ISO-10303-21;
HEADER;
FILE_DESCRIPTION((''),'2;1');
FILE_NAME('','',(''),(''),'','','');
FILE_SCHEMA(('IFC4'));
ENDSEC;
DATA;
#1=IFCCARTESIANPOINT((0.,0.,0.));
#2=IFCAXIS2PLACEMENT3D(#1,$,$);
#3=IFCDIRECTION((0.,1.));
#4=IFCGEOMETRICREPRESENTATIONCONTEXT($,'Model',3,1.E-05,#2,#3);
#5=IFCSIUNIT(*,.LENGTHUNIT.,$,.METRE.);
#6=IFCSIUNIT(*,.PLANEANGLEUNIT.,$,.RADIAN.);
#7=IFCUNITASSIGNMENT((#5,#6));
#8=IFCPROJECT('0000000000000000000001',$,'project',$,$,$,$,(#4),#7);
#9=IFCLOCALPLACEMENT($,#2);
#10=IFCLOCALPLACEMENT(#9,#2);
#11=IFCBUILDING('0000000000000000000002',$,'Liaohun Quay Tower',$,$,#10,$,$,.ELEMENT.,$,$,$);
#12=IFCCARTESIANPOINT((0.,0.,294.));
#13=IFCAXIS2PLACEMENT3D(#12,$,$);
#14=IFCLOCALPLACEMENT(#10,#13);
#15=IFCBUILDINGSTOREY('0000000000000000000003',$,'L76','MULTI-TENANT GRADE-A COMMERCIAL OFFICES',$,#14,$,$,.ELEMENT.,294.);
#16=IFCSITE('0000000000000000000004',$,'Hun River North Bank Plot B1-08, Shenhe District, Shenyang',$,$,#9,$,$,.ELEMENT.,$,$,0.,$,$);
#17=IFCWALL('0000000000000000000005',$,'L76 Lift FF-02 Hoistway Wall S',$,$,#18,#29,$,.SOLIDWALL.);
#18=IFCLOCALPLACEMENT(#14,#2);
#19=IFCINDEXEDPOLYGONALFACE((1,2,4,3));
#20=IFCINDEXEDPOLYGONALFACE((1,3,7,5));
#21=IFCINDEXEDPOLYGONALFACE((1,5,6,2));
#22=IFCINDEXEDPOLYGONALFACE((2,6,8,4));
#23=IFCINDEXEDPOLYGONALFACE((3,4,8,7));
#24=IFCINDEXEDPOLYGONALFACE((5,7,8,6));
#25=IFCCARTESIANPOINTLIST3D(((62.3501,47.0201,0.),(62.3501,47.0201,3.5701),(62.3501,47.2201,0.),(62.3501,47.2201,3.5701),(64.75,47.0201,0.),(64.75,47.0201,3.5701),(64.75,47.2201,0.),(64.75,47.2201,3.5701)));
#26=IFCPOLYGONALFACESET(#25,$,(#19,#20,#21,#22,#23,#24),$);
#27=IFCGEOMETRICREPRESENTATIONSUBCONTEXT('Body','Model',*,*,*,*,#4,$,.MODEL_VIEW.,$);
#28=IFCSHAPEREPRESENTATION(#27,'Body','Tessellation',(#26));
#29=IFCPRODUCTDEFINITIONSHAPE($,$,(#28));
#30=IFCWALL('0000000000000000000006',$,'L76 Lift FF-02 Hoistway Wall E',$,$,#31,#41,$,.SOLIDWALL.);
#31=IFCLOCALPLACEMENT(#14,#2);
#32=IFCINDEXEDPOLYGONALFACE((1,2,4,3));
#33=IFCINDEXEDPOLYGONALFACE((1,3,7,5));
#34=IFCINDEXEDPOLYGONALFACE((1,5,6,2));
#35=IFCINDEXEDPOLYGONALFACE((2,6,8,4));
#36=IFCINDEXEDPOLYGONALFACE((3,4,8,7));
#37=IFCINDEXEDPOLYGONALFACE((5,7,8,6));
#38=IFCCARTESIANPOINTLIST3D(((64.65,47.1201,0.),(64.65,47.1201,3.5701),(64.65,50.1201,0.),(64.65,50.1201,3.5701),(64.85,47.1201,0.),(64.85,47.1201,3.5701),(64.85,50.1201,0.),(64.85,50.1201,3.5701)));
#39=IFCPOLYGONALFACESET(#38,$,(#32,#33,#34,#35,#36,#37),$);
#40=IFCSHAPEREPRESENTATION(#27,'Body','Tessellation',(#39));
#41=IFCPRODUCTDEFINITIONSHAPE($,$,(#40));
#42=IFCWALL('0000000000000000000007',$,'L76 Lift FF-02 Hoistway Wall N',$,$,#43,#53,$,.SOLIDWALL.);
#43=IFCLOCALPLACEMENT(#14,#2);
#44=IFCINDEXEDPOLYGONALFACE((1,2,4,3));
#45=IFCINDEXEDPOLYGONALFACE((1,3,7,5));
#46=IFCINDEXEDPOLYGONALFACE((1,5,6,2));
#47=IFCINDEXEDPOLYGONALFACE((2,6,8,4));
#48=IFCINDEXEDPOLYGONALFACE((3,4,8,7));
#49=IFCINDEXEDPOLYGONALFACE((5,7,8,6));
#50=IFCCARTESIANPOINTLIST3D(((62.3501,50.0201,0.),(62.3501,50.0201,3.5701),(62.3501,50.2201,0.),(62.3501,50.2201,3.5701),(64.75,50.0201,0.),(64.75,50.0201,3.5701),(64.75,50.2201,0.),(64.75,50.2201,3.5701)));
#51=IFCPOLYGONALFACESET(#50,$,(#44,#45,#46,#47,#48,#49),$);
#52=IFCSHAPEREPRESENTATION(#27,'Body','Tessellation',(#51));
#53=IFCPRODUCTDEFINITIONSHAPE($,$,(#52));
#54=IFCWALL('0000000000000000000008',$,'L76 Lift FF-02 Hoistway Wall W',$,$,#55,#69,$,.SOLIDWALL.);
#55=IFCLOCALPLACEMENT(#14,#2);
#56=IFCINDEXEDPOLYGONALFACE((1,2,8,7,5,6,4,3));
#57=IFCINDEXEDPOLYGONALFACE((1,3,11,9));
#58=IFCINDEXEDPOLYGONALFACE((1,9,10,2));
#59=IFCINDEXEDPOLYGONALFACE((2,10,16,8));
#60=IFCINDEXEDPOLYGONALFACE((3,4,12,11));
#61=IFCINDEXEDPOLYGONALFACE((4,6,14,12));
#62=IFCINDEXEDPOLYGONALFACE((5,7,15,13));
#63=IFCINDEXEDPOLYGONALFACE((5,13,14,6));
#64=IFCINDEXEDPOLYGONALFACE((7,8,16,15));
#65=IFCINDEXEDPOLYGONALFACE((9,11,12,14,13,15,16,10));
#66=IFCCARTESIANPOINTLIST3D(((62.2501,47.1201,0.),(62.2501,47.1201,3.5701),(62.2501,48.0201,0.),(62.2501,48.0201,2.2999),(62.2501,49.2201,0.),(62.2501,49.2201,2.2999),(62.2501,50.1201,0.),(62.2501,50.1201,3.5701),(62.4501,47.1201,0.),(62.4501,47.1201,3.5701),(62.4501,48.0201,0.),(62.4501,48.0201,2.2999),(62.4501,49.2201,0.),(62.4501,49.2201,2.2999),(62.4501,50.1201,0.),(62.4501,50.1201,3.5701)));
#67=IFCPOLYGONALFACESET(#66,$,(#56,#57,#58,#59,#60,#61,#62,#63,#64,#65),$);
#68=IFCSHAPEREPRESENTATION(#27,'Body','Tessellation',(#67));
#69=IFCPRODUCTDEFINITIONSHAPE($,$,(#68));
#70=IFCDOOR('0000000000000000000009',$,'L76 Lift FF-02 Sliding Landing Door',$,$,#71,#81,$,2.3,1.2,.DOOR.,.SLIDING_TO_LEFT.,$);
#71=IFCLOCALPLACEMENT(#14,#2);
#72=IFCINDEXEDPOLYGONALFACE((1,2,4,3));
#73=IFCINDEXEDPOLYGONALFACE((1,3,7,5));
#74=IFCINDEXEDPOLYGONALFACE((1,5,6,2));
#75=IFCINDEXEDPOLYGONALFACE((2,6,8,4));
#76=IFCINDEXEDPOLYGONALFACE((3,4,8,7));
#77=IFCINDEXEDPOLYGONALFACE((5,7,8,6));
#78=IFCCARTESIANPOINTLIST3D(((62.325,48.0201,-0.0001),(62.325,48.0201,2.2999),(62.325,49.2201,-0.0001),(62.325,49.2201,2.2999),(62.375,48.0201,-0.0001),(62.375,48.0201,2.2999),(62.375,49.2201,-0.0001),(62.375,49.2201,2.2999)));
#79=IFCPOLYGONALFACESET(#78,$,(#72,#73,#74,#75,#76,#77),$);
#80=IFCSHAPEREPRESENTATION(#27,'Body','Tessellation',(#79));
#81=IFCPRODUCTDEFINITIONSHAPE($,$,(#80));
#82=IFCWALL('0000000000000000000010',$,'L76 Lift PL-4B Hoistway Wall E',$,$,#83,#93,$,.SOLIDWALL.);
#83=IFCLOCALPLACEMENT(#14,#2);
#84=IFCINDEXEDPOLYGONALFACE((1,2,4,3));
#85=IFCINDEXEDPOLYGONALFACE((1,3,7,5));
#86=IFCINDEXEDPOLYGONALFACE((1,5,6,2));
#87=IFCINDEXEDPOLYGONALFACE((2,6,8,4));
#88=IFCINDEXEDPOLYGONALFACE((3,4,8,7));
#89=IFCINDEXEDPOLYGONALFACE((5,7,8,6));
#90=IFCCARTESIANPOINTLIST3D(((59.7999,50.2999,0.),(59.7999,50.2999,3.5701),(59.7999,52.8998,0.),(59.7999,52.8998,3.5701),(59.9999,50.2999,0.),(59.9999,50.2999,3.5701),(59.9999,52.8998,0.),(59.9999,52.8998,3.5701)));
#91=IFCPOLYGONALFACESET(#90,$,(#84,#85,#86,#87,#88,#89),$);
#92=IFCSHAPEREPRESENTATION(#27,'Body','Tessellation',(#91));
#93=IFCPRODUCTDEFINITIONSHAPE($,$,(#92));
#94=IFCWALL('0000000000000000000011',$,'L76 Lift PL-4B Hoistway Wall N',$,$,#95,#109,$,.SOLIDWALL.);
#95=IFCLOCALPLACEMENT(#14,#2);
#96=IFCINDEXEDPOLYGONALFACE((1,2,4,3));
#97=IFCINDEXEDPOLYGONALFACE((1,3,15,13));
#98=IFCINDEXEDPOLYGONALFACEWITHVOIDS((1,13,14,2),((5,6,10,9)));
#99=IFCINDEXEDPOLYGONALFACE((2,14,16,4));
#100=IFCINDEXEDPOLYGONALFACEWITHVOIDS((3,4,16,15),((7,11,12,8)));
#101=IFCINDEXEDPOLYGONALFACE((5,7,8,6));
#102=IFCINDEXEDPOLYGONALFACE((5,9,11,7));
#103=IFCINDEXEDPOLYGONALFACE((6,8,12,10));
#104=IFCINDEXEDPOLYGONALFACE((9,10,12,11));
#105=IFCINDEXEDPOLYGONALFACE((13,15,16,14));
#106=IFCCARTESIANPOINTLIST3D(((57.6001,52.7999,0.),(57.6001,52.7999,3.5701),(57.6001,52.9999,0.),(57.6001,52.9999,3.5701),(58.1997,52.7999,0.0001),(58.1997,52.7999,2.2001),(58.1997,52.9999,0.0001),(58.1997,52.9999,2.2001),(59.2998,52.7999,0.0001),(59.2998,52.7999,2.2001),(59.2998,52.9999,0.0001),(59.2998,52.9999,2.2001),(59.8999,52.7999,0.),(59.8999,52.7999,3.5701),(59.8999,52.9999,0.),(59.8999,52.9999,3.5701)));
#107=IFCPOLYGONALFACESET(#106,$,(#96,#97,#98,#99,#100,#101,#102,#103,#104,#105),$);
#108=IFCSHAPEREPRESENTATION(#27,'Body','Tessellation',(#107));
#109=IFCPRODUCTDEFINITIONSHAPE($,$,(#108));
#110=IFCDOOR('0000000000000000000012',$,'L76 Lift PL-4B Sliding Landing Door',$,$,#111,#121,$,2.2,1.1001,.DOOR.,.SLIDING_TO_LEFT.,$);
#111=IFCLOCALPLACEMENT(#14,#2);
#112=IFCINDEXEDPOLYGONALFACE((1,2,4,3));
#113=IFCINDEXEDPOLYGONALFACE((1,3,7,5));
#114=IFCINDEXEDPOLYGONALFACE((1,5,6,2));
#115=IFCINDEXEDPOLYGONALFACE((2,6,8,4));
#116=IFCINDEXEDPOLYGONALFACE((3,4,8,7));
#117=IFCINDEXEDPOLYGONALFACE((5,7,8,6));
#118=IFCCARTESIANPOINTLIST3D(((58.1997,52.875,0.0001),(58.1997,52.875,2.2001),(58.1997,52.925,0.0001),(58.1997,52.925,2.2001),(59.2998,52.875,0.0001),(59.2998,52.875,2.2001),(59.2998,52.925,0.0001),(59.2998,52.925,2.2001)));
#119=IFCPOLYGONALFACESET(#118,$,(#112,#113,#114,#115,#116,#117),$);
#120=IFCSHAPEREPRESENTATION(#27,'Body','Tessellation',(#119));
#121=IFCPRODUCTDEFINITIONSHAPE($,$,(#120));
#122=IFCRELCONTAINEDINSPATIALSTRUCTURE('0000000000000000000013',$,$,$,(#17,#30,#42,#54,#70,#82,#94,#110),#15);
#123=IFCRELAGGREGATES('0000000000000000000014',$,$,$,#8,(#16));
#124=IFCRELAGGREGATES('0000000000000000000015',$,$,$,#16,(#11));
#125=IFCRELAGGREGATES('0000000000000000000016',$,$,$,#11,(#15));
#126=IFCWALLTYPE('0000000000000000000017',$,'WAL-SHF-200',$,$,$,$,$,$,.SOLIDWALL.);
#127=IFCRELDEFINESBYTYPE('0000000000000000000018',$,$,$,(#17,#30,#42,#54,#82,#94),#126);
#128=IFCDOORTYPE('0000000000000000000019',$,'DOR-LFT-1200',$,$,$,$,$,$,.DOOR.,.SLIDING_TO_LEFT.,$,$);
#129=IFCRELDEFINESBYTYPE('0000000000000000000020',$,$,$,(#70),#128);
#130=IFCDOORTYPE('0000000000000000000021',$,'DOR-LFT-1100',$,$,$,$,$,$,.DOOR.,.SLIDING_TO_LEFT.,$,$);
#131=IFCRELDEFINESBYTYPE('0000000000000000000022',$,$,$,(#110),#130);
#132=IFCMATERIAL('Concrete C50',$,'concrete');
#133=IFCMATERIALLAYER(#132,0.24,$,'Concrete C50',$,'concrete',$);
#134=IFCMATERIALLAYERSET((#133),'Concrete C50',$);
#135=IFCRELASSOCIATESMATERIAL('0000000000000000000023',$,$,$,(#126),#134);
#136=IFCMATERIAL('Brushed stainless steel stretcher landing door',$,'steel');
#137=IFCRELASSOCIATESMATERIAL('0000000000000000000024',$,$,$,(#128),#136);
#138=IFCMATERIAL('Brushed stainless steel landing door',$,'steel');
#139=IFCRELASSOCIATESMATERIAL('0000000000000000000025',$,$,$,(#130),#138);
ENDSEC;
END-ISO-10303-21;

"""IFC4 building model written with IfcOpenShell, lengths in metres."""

from ifc_helpers import new_model, si_unit, direction, frame, frame_2d, origin, place, context, subcontext, project, spatial, rectangle, extrude, source, transform, mapped, material, layer, layer_set, type_object, element, fill, save


model = new_model("IFC4")

# Units and contexts
model_context = context("Model", 3, precision=1e-05, world=origin(), true_north=direction((0.0, 1.0)))
body_context = subcontext(model_context, "Body", "Model", "MODEL_VIEW")
ifc_project = project(units=[si_unit("LENGTHUNIT", "METRE"), si_unit("PLANEANGLEUNIT", "RADIAN")], contexts=[model_context])

# Site, building, storey
site_placement = place(None, origin())
site = spatial("IfcSite", under=ifc_project, at=site_placement, Name="Hun River North Bank Plot B1-08, Shenhe District, Shenyang", CompositionType="ELEMENT", RefElevation=0.0)
building_placement = place(site_placement, origin())
building = spatial("IfcBuilding", under=site, at=building_placement, Name="Liaohun Quay Tower", CompositionType="ELEMENT")
storey_placement = place(building_placement, frame((0.0, 0.0, 294.0)))
storey = spatial("IfcBuildingStorey", under=building, at=storey_placement, Name="L76", Description="MULTI-TENANT GRADE-A COMMERCIAL OFFICES", CompositionType="ELEMENT", Elevation=294.0)

# Walls
ifc_material_1 = material(Name="Concrete C50", Category="concrete")
ifc_layer_1 = layer(ifc_material_1, 0.24, Name="Concrete C50", Category="concrete")
ifc_layer_set_1 = layer_set([ifc_layer_1], Name="Concrete C50")
wall_type_1 = type_object("IfcWallType", Name="WAL-SHF-200", PredefinedType="SOLIDWALL", material=ifc_layer_set_1)
wall_1_placement = place(storey_placement, frame((62.3501, 47.1201, 0.0), z_axis=(0.0, 0.0, 1.0), x_axis=(1.0, 0.0, 0.0)))
element("IfcWall", 1, at=wall_1_placement, inside=storey, type_object=wall_type_1, Name="L76 Lift FF-02 Hoistway Wall S", PredefinedType="SOLIDWALL", context=body_context, shape_type="SweptSolid", body=[
    extrude(rectangle(XDim=2.3999, YDim=0.2, at=frame_2d((1.2, 0.0))), origin(), (0.0, 0.0, 1.0), 3.5701),
])
wall_2_placement = place(storey_placement, frame((64.75, 47.1201, 0.0), z_axis=(0.0, 0.0, 1.0), x_axis=(0.0, 1.0, 0.0)))
element("IfcWall", 2, at=wall_2_placement, inside=storey, type_object=wall_type_1, Name="L76 Lift FF-02 Hoistway Wall E", PredefinedType="SOLIDWALL", context=body_context, shape_type="SweptSolid", body=[
    extrude(rectangle(XDim=3.0, YDim=0.2, at=frame_2d((1.5, 0.0))), origin(), (0.0, 0.0, 1.0), 3.5701),
])
wall_3_placement = place(storey_placement, frame((64.75, 50.1201, 0.0), z_axis=(0.0, 0.0, 1.0), x_axis=(-1.0, 0.0, 0.0)))
element("IfcWall", 3, at=wall_3_placement, inside=storey, type_object=wall_type_1, Name="L76 Lift FF-02 Hoistway Wall N", PredefinedType="SOLIDWALL", context=body_context, shape_type="SweptSolid", body=[
    extrude(rectangle(XDim=2.3999, YDim=0.2, at=frame_2d((1.2, 0.0))), origin(), (0.0, 0.0, 1.0), 3.5701),
])

# Wall, opening, door
wall_4_placement = place(storey_placement, frame((62.3501, 50.1201, 0.0), z_axis=(0.0, 0.0, 1.0), x_axis=(0.0, -1.0, 0.0)))
wall_4 = element("IfcWall", 4, at=wall_4_placement, inside=storey, type_object=wall_type_1, Name="L76 Lift FF-02 Hoistway Wall W", PredefinedType="SOLIDWALL", context=body_context, shape_type="SweptSolid", body=[
    extrude(rectangle(XDim=3.0, YDim=0.2, at=frame_2d((1.5, 0.0))), origin(), (0.0, 0.0, 1.0), 3.5701),
])
shared_shape_1 = source(origin(), body_context, "Body", "SweptSolid", [
    extrude(rectangle(XDim=1.2, YDim=2.3, at=frame_2d((0.6001, 1.1499))), frame((0.0, 0.1099, 0.0), z_axis=(0.0, -1.0, 0.0), x_axis=(1.0, 0.0, 0.0)), (0.0, 0.0, 1.0), 0.22),
])
opening_1_placement = place(wall_4_placement, frame((0.8999, 0.0, 0.0)))
opening_1 = element("IfcOpeningElement", 5, at=opening_1_placement, cuts=wall_4, PredefinedType="OPENING", context=body_context, shape_type="MappedRepresentation", body=[
    mapped(shared_shape_1, transform((0.0, 0.0, 0.0), x_axis=(1.0, 0.0, 0.0), y_axis=(0.0, 1.0, 0.0), z_axis=(0.0, 0.0, 1.0), scale=1.0)),
])
ifc_material_2 = material(Name="Brushed stainless steel stretcher landing door", Category="steel")
door_type_1 = type_object("IfcDoorType", Name="DOR-LFT-1200", OperationType="SLIDING_TO_LEFT", PredefinedType="DOOR", material=ifc_material_2)
shared_shape_2 = source(origin(), body_context, "Body", "SweptSolid", [
    extrude(rectangle(XDim=1.2, YDim=2.3, at=frame_2d((0.6001, 1.1499))), frame((0.0, 0.0249, 0.0), z_axis=(0.0, -1.0, 0.0), x_axis=(1.0, 0.0, 0.0)), (0.0, 0.0, 1.0), 0.05),
])
door_1_placement = place(opening_1_placement, origin())
door_1 = element("IfcDoor", 6, at=door_1_placement, inside=storey, type_object=door_type_1, Name="L76 Lift FF-02 Sliding Landing Door", OperationType="SLIDING_TO_LEFT", OverallHeight=2.3, OverallWidth=1.2, PredefinedType="DOOR", context=body_context, shape_type="MappedRepresentation", body=[
    mapped(shared_shape_2, transform((0.0, 0.0, 0.0), x_axis=(1.0, 0.0, 0.0), y_axis=(0.0, 1.0, 0.0), z_axis=(0.0, 0.0, 1.0), scale=1.0)),
])
fill(opening_1, door_1)

# Wall
wall_5_placement = place(storey_placement, frame((59.8999, 50.3, 0.0), z_axis=(0.0, 0.0, 1.0), x_axis=(0.0, 1.0, 0.0)))
element("IfcWall", 7, at=wall_5_placement, inside=storey, type_object=wall_type_1, Name="L76 Lift PL-4B Hoistway Wall E", PredefinedType="SOLIDWALL", context=body_context, shape_type="SweptSolid", body=[
    extrude(rectangle(XDim=2.5999, YDim=0.2, at=frame_2d((1.2998, 0.0))), origin(), (0.0, 0.0, 1.0), 3.5701),
])

# Wall, opening, door
wall_6_placement = place(storey_placement, frame((59.8999, 52.8999, 0.0), z_axis=(0.0, 0.0, 1.0), x_axis=(-1.0, 0.0, 0.0)))
wall_6 = element("IfcWall", 8, at=wall_6_placement, inside=storey, type_object=wall_type_1, Name="L76 Lift PL-4B Hoistway Wall N", PredefinedType="SOLIDWALL", context=body_context, shape_type="SweptSolid", body=[
    extrude(rectangle(XDim=2.2998, YDim=0.2, at=frame_2d((1.1499, 0.0))), origin(), (0.0, 0.0, 1.0), 3.5701),
])
shared_shape_3 = source(origin(), body_context, "Body", "SweptSolid", [
    extrude(rectangle(XDim=1.1001, YDim=2.2, at=frame_2d((0.55, 1.1001))), frame((0.0, 0.1099, 0.0), z_axis=(0.0, -1.0, 0.0), x_axis=(1.0, 0.0, 0.0)), (0.0, 0.0, 1.0), 0.22),
])
opening_2_placement = place(wall_6_placement, frame((0.6001, 0.0, 0.0)))
opening_2 = element("IfcOpeningElement", 9, at=opening_2_placement, cuts=wall_6, PredefinedType="OPENING", context=body_context, shape_type="MappedRepresentation", body=[
    mapped(shared_shape_3, transform((0.0, 0.0, 0.0), x_axis=(1.0, 0.0, 0.0), y_axis=(0.0, 1.0, 0.0), z_axis=(0.0, 0.0, 1.0), scale=1.0)),
])
ifc_material_3 = material(Name="Brushed stainless steel landing door", Category="steel")
door_type_2 = type_object("IfcDoorType", Name="DOR-LFT-1100", OperationType="SLIDING_TO_LEFT", PredefinedType="DOOR", material=ifc_material_3)
shared_shape_4 = source(origin(), body_context, "Body", "SweptSolid", [
    extrude(rectangle(XDim=1.1001, YDim=2.2, at=frame_2d((0.55, 1.1001))), frame((0.0, 0.0249, 0.0), z_axis=(0.0, -1.0, 0.0), x_axis=(1.0, 0.0, 0.0)), (0.0, 0.0, 1.0), 0.05),
])
door_2_placement = place(opening_2_placement, origin())
door_2 = element("IfcDoor", 10, at=door_2_placement, inside=storey, type_object=door_type_2, Name="L76 Lift PL-4B Sliding Landing Door", OperationType="SLIDING_TO_LEFT", OverallHeight=2.2, OverallWidth=1.1001, PredefinedType="DOOR", context=body_context, shape_type="MappedRepresentation", body=[
    mapped(shared_shape_4, transform((0.0, 0.0, 0.0), x_axis=(1.0, 0.0, 0.0), y_axis=(0.0, 1.0, 0.0), z_axis=(0.0, 0.0, 1.0), scale=1.0)),
])
fill(opening_2, door_2)

save(model, "model.ifc")
